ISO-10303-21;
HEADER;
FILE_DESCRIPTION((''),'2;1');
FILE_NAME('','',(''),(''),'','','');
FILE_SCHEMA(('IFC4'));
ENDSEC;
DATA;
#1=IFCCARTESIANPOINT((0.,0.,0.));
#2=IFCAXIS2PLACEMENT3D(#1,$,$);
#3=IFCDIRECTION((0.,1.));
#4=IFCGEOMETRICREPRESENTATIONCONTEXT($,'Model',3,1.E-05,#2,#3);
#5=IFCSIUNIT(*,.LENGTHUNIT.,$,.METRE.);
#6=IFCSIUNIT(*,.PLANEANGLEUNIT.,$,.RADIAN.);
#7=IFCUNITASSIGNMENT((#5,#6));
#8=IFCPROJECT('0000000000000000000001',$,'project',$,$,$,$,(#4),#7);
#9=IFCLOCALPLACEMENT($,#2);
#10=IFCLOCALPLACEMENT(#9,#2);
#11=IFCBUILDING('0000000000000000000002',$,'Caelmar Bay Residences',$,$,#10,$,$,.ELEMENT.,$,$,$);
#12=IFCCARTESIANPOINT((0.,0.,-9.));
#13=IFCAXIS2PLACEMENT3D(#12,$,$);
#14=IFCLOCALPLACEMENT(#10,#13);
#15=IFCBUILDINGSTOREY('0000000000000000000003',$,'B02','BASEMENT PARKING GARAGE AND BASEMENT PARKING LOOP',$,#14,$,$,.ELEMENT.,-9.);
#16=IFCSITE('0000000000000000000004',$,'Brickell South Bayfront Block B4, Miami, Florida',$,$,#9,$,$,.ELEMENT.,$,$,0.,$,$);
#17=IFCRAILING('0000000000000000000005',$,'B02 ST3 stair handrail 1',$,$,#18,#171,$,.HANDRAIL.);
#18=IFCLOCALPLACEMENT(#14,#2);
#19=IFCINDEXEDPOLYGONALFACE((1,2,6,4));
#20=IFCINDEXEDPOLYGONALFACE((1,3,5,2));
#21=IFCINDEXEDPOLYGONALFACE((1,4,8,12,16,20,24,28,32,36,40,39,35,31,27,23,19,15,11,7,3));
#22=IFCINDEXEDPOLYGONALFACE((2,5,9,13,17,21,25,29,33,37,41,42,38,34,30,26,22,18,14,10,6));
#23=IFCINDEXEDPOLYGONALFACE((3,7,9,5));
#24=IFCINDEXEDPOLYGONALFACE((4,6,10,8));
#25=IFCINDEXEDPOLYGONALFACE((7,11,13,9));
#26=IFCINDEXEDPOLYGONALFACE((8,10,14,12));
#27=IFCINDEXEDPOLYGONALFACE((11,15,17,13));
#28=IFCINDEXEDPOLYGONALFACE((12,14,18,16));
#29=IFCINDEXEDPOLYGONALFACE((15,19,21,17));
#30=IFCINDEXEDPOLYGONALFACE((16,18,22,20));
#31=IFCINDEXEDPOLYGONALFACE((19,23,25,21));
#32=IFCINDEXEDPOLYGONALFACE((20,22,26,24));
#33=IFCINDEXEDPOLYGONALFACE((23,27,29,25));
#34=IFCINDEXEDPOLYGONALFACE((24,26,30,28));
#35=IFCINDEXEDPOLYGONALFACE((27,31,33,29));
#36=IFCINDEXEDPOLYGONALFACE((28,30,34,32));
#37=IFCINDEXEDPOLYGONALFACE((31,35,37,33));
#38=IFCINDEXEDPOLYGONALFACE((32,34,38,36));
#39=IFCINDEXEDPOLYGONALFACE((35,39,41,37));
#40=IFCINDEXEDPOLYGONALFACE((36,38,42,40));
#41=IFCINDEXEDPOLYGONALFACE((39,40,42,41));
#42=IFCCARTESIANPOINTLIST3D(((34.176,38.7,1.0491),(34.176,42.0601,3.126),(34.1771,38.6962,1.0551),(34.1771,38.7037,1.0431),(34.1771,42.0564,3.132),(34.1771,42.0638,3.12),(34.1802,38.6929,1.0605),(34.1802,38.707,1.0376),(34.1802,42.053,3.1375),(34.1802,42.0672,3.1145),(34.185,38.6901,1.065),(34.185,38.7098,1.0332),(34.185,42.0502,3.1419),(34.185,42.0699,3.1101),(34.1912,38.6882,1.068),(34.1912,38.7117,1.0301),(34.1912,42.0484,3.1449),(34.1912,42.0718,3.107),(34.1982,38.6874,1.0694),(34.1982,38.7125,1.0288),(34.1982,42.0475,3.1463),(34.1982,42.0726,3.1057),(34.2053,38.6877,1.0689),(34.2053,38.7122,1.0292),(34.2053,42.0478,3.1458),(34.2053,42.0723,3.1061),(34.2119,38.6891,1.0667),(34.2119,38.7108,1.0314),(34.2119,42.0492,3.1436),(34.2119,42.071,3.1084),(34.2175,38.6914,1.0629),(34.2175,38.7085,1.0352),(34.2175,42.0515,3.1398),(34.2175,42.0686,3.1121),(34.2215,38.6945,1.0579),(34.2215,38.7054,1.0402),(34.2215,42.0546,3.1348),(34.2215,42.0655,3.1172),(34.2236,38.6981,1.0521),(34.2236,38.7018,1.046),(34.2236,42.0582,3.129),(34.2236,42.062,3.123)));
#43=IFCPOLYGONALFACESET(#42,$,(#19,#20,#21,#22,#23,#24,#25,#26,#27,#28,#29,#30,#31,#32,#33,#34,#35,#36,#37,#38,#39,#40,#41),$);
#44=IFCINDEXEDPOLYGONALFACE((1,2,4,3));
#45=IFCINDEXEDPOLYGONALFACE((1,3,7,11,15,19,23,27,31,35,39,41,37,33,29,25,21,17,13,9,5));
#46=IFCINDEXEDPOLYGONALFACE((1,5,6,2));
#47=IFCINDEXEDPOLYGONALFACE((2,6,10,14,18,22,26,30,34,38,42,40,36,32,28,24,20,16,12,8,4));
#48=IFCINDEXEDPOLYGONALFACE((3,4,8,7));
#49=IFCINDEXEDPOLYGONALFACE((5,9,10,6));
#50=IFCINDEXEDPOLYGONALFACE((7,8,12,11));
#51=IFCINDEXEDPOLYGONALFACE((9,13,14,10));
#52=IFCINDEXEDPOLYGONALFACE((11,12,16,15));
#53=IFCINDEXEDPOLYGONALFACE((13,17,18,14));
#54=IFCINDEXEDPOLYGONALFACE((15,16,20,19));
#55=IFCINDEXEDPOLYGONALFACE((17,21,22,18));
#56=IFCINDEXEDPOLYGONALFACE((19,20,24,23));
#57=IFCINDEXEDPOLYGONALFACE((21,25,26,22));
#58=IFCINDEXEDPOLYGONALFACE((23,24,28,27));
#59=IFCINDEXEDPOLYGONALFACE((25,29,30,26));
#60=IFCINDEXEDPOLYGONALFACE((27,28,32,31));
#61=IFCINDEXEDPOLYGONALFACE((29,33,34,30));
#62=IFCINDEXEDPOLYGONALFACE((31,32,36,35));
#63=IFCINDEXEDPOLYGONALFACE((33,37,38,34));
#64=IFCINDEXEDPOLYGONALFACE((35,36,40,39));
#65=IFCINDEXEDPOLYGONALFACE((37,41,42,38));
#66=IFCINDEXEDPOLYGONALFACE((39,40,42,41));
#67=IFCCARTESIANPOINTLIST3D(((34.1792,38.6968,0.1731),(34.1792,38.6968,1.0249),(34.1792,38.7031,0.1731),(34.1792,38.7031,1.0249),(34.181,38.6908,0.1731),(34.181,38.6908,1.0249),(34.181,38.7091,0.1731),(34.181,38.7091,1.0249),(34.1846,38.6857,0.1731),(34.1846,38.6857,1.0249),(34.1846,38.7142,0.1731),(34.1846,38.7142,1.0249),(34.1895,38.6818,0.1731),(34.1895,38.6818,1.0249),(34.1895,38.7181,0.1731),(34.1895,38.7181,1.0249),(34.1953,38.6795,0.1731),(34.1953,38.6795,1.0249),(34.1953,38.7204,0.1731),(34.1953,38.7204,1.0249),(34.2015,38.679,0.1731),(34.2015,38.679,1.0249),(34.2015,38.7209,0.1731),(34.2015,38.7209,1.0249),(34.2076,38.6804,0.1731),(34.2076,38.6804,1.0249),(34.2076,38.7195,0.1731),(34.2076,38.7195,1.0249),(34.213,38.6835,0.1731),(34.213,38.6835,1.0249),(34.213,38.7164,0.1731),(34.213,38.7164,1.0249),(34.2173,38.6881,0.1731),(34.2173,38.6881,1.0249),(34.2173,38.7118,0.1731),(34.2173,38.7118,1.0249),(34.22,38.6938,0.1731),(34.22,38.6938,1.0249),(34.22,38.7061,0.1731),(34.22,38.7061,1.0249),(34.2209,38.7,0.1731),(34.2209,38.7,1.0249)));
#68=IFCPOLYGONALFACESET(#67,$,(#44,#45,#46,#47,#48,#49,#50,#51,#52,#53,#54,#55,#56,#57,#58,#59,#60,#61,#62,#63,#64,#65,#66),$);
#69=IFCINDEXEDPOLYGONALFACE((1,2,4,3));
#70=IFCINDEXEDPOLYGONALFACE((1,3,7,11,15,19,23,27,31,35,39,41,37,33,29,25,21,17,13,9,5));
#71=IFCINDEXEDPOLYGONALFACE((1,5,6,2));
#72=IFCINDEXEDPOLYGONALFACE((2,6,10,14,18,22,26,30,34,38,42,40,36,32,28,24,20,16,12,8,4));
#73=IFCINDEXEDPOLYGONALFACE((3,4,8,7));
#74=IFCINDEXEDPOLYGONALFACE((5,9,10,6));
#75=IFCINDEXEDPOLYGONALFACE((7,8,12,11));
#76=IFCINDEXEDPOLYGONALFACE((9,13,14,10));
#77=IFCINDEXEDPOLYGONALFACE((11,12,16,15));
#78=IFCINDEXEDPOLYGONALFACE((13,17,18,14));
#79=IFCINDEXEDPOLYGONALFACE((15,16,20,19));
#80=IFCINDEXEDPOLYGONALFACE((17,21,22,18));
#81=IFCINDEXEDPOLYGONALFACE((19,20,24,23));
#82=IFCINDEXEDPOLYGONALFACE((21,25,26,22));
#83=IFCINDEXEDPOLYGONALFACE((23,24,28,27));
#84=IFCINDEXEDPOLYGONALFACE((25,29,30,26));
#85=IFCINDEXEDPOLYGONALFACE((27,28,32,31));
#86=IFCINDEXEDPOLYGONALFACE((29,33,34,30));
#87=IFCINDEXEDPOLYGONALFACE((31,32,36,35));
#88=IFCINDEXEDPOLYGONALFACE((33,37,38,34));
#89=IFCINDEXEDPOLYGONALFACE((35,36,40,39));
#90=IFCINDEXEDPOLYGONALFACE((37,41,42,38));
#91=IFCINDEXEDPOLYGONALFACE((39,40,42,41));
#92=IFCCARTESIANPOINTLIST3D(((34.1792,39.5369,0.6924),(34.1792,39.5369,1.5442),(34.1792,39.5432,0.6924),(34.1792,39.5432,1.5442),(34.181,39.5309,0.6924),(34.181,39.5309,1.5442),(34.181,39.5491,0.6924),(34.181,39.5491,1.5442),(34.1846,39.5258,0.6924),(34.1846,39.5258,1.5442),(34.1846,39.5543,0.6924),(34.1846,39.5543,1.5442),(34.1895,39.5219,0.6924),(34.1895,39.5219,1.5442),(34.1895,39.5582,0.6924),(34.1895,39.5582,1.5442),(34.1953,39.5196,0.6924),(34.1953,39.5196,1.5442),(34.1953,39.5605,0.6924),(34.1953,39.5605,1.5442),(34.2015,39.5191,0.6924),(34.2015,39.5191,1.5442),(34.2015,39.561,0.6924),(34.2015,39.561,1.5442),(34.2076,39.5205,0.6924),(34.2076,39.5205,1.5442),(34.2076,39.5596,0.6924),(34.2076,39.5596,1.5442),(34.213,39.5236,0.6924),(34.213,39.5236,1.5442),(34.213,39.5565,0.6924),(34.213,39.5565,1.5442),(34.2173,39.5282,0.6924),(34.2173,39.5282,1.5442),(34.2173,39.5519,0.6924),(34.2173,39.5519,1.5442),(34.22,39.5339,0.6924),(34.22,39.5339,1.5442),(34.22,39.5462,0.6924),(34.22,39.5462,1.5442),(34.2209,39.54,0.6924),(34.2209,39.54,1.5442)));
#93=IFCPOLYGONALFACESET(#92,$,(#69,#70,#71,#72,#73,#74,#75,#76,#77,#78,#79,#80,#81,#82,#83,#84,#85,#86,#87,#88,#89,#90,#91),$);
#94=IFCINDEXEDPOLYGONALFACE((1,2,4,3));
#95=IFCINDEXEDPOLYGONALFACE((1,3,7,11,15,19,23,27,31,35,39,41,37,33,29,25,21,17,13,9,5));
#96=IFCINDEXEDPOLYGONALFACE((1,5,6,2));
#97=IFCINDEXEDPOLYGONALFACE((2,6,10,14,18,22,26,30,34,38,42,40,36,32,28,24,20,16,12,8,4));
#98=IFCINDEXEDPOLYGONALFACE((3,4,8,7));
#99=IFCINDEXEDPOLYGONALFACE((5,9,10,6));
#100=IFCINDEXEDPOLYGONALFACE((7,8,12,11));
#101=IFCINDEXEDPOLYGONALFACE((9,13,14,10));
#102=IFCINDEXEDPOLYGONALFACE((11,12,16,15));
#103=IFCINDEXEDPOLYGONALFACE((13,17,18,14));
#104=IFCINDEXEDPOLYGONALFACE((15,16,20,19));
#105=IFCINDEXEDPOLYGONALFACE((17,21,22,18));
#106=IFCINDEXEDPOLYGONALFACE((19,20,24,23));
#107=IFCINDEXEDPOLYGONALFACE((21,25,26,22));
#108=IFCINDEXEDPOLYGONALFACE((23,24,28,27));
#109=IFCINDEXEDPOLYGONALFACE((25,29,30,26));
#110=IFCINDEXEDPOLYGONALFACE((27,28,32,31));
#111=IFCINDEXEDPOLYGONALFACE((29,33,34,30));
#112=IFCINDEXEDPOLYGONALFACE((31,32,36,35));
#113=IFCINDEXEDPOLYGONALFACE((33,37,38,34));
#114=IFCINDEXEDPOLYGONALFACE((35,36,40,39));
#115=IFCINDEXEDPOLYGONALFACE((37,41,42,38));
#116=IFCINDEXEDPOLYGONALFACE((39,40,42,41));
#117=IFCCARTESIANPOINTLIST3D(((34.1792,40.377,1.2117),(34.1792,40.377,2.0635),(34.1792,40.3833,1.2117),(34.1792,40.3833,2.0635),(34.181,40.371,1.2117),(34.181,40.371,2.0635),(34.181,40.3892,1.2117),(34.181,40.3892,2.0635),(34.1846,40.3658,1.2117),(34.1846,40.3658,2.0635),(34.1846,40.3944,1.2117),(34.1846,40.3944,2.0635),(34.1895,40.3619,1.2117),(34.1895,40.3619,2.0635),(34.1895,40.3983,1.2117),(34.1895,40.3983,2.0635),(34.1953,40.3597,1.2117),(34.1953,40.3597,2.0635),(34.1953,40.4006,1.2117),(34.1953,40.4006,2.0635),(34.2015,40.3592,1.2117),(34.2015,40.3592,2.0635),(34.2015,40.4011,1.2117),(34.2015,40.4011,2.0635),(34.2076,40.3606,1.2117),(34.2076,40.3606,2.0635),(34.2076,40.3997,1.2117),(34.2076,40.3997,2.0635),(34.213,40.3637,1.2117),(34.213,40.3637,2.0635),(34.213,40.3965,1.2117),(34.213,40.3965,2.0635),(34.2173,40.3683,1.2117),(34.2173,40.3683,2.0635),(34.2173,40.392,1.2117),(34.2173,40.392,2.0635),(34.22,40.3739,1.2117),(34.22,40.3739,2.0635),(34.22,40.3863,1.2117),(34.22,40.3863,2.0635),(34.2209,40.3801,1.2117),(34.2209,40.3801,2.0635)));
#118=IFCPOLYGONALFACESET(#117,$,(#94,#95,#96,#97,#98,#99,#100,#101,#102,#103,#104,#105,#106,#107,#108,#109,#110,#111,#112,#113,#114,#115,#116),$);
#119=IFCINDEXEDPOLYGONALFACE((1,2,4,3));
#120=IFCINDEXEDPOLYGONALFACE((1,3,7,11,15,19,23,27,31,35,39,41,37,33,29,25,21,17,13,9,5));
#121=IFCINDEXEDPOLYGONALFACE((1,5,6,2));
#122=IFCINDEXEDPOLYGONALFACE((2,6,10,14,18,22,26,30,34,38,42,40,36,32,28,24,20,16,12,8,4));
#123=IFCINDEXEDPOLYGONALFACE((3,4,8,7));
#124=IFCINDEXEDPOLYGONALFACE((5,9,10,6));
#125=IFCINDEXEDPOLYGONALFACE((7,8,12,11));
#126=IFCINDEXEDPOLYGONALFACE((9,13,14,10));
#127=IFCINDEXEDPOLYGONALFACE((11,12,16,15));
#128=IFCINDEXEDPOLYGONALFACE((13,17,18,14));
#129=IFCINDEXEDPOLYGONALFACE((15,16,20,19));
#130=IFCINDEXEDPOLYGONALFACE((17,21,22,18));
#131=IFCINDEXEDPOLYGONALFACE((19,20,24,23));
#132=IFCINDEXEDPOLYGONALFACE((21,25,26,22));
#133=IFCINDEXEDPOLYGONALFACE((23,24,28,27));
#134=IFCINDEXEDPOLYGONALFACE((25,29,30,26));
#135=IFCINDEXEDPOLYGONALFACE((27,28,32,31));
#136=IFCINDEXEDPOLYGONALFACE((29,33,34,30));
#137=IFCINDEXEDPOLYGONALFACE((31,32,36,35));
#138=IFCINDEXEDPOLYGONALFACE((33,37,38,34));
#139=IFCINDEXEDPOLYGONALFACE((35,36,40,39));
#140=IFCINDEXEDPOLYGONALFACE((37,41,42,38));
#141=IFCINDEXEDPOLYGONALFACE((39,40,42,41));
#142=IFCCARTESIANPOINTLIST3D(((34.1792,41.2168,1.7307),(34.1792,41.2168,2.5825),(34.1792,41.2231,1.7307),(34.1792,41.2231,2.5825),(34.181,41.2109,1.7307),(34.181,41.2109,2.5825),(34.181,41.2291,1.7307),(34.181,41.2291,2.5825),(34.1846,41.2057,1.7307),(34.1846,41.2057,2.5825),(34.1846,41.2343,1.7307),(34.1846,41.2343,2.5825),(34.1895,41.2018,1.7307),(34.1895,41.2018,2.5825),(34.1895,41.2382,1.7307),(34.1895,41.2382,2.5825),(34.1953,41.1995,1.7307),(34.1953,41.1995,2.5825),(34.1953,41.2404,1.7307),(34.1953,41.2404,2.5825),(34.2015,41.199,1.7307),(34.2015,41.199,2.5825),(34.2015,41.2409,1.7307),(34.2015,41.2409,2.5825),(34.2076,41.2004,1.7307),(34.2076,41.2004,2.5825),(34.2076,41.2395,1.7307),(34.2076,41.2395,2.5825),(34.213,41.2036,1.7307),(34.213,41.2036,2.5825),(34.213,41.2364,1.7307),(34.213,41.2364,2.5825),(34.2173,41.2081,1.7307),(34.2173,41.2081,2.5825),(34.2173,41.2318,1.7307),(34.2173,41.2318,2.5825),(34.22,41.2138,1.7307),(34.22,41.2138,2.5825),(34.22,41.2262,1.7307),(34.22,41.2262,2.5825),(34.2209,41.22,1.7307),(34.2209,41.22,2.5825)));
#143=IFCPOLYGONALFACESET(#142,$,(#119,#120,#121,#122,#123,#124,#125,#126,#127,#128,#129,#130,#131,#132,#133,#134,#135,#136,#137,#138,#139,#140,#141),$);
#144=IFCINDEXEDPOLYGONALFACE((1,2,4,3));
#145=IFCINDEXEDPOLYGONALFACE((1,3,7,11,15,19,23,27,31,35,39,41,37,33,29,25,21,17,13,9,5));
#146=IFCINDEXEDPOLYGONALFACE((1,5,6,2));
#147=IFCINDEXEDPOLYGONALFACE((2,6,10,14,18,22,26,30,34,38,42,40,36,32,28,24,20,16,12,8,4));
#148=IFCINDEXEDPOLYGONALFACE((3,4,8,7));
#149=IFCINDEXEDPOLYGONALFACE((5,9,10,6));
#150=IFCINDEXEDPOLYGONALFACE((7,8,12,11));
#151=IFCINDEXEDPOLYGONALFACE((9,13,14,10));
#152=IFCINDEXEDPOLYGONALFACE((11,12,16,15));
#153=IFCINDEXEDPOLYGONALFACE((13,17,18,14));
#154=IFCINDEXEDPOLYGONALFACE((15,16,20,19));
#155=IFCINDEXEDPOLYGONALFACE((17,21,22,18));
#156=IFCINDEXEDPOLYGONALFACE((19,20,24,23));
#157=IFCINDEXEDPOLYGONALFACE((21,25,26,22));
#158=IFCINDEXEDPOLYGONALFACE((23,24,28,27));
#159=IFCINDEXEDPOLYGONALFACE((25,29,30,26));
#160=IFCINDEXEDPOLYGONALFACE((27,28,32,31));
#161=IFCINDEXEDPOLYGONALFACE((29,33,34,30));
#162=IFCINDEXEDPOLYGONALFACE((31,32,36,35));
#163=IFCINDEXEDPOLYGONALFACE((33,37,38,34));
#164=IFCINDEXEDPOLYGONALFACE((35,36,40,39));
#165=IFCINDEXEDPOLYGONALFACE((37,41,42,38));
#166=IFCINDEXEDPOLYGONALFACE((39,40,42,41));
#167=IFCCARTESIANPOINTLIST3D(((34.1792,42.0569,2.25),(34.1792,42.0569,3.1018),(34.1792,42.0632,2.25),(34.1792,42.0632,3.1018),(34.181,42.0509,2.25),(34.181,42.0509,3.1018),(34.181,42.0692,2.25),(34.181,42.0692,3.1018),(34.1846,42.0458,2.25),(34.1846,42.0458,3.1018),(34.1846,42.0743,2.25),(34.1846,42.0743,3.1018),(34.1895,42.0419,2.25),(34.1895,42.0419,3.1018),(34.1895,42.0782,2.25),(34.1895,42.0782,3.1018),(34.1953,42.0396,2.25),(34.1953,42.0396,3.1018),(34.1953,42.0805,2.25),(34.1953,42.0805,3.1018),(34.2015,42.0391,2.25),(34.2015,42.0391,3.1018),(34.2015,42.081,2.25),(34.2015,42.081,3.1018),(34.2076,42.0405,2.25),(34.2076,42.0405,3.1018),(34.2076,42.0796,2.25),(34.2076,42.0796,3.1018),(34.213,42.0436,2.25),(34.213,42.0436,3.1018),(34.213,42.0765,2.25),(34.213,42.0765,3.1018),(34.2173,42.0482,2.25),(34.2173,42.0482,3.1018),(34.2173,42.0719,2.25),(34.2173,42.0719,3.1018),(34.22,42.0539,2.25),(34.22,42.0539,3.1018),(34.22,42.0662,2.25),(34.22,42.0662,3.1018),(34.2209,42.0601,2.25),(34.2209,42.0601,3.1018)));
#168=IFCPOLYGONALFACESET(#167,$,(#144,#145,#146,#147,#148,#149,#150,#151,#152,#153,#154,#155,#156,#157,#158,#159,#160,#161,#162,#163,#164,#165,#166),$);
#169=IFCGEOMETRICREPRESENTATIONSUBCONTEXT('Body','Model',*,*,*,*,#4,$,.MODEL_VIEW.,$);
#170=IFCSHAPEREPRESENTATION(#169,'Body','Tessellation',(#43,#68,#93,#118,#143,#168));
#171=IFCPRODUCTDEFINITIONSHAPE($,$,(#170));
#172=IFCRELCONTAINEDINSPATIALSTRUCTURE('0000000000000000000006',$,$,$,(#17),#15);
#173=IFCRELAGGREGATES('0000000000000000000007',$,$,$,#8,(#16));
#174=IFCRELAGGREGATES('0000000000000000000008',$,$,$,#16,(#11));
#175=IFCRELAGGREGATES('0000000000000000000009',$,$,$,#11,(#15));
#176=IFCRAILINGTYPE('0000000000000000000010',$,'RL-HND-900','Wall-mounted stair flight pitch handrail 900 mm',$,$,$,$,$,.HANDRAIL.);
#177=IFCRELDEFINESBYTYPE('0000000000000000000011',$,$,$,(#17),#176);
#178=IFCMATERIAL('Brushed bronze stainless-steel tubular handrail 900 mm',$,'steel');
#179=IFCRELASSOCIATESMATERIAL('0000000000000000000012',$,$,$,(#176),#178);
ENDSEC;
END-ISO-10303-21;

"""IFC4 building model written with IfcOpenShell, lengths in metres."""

from ifc_helpers import new_model, si_unit, direction, frame, origin, origin_2d, place, context, subcontext, project, spatial, circle, extrude, material, type_object, element, save


model = new_model("IFC4")

# Units and contexts
model_context = context("Model", 3, precision=1e-05, world=origin(), true_north=direction((0.0, 1.0)))
body_context = subcontext(model_context, "Body", "Model", "MODEL_VIEW")
ifc_project = project(units=[si_unit("LENGTHUNIT", "METRE"), si_unit("PLANEANGLEUNIT", "RADIAN")], contexts=[model_context])

# Site, building, storey
site_placement = place(None, origin())
site = spatial("IfcSite", under=ifc_project, at=site_placement, Name="Brickell South Bayfront Block B4, Miami, Florida", CompositionType="ELEMENT", RefElevation=0.0)
building_placement = place(site_placement, origin())
building = spatial("IfcBuilding", under=site, at=building_placement, Name="Caelmar Bay Residences", CompositionType="ELEMENT")
storey_placement = place(building_placement, frame((0.0, 0.0, -9.0)))
storey = spatial("IfcBuildingStorey", under=building, at=storey_placement, Name="B02", Description="BASEMENT PARKING GARAGE AND BASEMENT PARKING LOOP", CompositionType="ELEMENT", Elevation=-9.0)

# Railing
ifc_material_1 = material(Name="Brushed bronze stainless-steel tubular handrail 900 mm", Category="steel")
railing_type_1 = type_object("IfcRailingType", Name="RL-HND-900", Description="Wall-mounted stair flight pitch handrail 900 mm", PredefinedType="HANDRAIL", material=ifc_material_1)
for number, where, name in (
    (1, (34.2, 38.7, 0.1731), "B02 ST3 stair handrail 1"),
):
    element("IfcRailing", number, at=place(storey_placement, frame(where)), inside=storey, type_object=railing_type_1, Name=name, PredefinedType="HANDRAIL", context=body_context, shape_type="SweptSolid", body=[
        extrude(circle(Radius=0.0239, at=origin_2d()), frame((0.0, 0.0, 0.876), z_axis=(0.0, 0.850623, 0.525776), x_axis=(-1.0, 0.0, 0.0)), (0.0, 0.0, 1.0), 3.9502),
        extrude(circle(Radius=0.021, at=origin_2d()), origin(), (0.0, 0.0, 1.0), 0.8518),
        extrude(circle(Radius=0.021, at=origin_2d()), frame((0.0, 0.8401, 0.5193)), (0.0, 0.0, 1.0), 0.8518),
        extrude(circle(Radius=0.021, at=origin_2d()), frame((0.0, 1.6802, 1.0386)), (0.0, 0.0, 1.0), 0.8518),
        extrude(circle(Radius=0.021, at=origin_2d()), frame((0.0, 2.52, 1.5576)), (0.0, 0.0, 1.0), 0.8518),
        extrude(circle(Radius=0.021, at=origin_2d()), frame((0.0, 3.3601, 2.0769)), (0.0, 0.0, 1.0), 0.8518),
    ])

save(model, "model.ifc")
